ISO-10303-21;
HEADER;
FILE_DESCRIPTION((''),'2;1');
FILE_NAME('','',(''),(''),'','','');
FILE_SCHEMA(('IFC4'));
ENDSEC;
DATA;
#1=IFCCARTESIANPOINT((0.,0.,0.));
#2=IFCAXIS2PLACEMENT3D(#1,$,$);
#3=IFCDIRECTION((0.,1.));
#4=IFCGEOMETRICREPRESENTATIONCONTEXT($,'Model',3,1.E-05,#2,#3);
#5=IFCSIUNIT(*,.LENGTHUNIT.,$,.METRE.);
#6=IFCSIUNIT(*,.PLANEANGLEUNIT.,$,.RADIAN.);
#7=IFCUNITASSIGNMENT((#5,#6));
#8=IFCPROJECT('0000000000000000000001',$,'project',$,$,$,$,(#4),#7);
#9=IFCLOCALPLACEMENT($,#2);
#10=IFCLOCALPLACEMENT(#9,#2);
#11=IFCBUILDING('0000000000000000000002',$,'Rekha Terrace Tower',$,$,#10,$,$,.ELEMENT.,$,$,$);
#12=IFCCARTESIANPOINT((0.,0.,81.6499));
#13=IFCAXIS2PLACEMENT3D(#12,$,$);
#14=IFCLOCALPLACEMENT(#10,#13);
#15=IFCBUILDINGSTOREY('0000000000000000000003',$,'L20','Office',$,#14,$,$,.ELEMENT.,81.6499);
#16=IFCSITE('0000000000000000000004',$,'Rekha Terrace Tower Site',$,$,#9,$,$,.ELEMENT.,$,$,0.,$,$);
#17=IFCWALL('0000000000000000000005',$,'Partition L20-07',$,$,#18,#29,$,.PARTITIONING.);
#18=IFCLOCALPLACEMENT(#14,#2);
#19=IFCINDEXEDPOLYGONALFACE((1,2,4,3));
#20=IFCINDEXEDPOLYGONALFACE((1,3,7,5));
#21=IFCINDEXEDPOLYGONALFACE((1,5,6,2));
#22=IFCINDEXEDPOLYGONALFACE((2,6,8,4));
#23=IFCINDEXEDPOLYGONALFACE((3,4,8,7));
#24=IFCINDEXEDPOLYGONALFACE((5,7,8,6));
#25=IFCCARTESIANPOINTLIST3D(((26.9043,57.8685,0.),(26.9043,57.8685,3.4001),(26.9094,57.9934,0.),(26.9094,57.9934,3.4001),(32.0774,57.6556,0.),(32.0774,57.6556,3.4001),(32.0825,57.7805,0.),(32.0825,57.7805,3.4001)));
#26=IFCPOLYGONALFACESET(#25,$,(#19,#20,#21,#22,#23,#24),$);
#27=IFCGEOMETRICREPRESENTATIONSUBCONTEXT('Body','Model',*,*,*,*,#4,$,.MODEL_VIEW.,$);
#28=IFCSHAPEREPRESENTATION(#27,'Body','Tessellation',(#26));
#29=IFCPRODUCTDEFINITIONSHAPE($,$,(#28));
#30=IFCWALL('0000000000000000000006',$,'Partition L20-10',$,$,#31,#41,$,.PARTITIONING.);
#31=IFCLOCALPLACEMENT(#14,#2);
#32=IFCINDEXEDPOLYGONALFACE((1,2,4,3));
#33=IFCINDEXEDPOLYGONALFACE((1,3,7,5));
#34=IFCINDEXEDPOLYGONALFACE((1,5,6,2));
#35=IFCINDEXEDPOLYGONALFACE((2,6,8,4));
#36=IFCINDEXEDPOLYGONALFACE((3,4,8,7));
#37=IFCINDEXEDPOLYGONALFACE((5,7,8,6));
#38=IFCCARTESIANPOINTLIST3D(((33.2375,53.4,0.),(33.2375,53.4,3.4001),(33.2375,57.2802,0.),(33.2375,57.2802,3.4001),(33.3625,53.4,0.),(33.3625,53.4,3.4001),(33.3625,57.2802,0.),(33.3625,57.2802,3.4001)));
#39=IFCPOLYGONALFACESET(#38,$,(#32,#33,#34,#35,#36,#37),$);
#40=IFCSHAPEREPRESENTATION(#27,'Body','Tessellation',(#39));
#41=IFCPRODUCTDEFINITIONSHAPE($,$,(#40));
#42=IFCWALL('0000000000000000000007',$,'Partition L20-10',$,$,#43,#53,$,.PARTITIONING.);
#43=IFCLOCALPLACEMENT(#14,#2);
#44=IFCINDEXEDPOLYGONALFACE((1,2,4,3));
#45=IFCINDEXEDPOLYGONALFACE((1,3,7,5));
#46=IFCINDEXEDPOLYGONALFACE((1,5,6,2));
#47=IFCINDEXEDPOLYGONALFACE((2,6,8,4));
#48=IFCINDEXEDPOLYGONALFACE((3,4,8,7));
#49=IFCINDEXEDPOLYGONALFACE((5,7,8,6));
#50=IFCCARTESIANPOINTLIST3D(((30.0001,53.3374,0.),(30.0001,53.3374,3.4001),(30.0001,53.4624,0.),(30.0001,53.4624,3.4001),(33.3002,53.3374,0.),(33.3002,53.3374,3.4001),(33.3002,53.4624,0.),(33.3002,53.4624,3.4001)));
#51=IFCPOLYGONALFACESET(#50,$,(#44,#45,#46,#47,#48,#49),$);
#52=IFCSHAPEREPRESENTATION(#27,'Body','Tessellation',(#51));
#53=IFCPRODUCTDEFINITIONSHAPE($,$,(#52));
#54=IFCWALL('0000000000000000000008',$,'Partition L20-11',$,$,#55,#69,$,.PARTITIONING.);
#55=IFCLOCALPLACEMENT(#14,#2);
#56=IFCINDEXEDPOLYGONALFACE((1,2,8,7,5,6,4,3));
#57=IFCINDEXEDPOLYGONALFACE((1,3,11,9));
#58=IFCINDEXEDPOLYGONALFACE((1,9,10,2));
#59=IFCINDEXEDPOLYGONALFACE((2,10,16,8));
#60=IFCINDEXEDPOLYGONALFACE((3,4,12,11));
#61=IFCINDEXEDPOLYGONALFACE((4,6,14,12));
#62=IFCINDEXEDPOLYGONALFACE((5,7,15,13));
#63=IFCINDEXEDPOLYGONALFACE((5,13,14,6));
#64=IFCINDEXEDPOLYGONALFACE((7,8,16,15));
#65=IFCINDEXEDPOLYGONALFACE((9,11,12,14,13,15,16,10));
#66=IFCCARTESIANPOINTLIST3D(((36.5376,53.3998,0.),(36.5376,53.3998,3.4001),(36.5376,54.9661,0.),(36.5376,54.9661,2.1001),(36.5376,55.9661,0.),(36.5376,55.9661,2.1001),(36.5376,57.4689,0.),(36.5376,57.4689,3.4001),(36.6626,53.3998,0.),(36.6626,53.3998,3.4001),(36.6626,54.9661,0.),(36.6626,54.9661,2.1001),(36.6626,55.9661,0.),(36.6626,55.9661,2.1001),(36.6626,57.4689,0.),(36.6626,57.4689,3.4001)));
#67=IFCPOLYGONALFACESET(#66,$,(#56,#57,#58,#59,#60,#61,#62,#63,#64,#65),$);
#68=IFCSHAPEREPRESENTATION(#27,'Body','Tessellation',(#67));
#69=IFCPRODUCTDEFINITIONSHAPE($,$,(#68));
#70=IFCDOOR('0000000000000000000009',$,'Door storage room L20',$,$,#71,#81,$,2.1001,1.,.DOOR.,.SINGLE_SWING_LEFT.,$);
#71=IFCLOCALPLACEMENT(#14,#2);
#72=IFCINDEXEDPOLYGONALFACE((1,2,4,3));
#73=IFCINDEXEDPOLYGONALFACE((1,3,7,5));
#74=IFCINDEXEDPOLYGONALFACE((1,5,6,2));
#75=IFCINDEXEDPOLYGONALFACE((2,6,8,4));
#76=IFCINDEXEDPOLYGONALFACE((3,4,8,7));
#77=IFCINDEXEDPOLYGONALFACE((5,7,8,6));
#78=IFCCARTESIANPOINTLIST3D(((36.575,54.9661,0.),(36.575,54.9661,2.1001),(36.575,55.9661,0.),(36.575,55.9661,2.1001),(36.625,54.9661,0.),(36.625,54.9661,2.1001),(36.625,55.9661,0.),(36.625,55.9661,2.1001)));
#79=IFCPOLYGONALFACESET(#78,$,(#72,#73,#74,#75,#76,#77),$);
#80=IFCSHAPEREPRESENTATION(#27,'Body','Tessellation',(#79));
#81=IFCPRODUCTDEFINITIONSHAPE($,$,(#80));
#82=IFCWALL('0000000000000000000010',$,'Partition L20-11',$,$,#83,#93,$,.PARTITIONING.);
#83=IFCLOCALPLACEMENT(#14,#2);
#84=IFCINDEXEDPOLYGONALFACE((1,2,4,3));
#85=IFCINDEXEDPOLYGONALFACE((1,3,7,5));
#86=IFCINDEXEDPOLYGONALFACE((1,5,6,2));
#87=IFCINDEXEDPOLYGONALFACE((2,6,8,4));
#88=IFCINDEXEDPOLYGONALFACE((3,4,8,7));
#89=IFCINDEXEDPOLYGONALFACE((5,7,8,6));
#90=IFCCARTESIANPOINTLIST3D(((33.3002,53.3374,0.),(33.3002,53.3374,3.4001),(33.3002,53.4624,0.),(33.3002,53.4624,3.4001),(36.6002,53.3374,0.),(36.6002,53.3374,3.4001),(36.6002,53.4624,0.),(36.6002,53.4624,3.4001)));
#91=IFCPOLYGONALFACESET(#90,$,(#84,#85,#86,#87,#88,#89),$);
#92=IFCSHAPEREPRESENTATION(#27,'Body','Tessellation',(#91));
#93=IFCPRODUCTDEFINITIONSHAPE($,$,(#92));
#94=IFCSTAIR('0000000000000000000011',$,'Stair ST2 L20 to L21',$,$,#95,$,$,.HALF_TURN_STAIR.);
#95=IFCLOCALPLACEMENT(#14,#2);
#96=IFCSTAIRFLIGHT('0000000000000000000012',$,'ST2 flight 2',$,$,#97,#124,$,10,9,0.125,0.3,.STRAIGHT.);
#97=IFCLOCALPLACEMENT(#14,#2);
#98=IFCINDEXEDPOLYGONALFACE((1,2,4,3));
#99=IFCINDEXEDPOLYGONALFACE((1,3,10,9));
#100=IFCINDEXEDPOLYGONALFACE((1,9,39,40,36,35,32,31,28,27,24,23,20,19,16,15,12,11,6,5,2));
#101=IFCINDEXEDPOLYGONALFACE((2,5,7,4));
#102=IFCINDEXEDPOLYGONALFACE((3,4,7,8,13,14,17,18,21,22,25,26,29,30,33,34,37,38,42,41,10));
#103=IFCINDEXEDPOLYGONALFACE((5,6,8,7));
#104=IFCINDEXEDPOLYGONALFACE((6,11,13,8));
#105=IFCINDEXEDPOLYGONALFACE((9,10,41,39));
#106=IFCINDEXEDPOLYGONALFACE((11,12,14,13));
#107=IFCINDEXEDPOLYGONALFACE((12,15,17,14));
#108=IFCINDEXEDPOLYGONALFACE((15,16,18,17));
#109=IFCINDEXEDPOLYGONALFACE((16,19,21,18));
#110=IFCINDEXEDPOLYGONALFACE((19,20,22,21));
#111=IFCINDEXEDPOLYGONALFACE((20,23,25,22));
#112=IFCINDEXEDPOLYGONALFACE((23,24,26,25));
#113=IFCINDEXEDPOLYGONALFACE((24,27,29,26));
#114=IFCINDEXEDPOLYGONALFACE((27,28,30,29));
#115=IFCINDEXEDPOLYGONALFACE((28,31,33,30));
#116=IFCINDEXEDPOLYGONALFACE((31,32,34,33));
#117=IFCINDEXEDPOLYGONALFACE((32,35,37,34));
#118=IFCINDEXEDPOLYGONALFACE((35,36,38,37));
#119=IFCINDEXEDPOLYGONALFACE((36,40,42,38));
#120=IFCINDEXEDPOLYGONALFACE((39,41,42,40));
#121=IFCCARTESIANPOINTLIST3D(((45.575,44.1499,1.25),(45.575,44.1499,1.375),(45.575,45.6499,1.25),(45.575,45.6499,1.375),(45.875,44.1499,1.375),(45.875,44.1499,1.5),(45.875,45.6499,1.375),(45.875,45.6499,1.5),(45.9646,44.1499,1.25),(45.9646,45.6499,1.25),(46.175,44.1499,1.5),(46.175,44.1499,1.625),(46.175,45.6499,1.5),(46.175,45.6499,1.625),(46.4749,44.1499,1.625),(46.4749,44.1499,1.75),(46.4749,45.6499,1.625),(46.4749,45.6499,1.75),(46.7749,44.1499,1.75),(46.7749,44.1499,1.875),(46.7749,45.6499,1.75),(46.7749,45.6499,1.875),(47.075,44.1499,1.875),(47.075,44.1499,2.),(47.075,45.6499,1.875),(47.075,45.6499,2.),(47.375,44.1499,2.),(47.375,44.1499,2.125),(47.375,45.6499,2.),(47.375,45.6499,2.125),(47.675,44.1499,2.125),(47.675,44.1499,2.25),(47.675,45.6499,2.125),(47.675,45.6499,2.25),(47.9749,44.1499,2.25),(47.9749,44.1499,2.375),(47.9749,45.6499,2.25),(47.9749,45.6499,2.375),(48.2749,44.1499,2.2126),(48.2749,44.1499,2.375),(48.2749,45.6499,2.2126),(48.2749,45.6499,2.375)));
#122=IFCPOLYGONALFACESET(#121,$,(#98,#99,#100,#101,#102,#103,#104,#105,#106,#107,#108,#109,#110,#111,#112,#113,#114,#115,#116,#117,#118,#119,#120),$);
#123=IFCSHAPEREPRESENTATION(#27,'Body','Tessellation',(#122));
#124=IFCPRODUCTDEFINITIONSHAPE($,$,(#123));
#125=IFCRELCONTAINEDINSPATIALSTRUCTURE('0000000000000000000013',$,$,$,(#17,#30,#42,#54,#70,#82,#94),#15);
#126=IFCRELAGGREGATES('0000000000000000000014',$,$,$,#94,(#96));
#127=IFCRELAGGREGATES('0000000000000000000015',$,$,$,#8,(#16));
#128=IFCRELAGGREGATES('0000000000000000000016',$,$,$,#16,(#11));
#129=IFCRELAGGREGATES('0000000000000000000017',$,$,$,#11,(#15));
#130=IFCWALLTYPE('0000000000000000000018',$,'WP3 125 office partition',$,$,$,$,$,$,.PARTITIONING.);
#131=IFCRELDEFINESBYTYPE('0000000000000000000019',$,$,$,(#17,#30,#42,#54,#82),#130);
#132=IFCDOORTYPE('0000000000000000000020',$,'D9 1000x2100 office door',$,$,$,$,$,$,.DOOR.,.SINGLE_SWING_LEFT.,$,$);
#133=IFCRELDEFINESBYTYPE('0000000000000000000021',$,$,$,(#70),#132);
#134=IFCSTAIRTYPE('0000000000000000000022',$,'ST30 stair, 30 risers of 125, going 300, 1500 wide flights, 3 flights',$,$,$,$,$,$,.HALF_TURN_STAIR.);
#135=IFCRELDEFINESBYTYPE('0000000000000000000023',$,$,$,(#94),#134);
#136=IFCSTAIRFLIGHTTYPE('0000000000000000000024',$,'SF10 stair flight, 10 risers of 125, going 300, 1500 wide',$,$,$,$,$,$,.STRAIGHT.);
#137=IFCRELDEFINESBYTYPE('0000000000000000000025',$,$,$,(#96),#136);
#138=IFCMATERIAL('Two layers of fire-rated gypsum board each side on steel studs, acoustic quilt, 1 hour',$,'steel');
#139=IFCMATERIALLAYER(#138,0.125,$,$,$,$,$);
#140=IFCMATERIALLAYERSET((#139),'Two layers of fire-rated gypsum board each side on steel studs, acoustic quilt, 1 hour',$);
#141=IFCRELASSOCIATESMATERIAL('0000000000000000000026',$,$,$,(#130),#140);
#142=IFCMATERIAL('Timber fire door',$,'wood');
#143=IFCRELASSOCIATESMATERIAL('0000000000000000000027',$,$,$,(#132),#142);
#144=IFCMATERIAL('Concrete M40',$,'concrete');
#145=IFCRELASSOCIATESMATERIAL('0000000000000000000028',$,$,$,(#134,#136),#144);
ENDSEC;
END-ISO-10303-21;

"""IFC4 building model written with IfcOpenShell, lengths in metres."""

from ifc_helpers import new_model, si_unit, direction, frame, frame_2d, origin, place, context, subcontext, project, spatial, polyline, rectangle, outline, extrude, material, layer, layer_set, type_object, element, fill, aggregate, save


model = new_model("IFC4")

# Units and contexts
model_context = context("Model", 3, precision=1e-05, world=origin(), true_north=direction((0.0, 1.0)))
body_context = subcontext(model_context, "Body", "Model", "MODEL_VIEW")
ifc_project = project(units=[si_unit("LENGTHUNIT", "METRE"), si_unit("PLANEANGLEUNIT", "RADIAN")], contexts=[model_context])

# Site, building, storey
site_placement = place(None, origin())
site = spatial("IfcSite", under=ifc_project, at=site_placement, Name="Rekha Terrace Tower Site", CompositionType="ELEMENT", RefElevation=0.0)
building_placement = place(site_placement, origin())
building = spatial("IfcBuilding", under=site, at=building_placement, Name="Rekha Terrace Tower", CompositionType="ELEMENT")
storey_placement = place(building_placement, frame((0.0, 0.0, 81.6499)))
storey = spatial("IfcBuildingStorey", under=building, at=storey_placement, Name="L20", Description="Office", CompositionType="ELEMENT", Elevation=81.6499)

# Shared definitions
ifc_material_1 = material(Name="Two layers of fire-rated gypsum board each side on steel studs, acoustic quilt, 1 hour", Category="steel")
ifc_layer_1 = layer(ifc_material_1, 0.125)
ifc_layer_set_1 = layer_set([ifc_layer_1], Name="Two layers of fire-rated gypsum board each side on steel studs, acoustic quilt, 1 hour")
wall_type_1 = type_object("IfcWallType", Name="WP3 125 office partition", PredefinedType="PARTITIONING", material=ifc_layer_set_1)

# Shared definitions
ifc_material_2 = material(Name="Timber fire door", Category="wood")
door_type_1 = type_object("IfcDoorType", Name="D9 1000x2100 office door", OperationType="SINGLE_SWING_LEFT", PredefinedType="DOOR", material=ifc_material_2)

# Walls
wall_1_placement = place(storey_placement, frame((32.0801, 57.718, 0.0), z_axis=(0.0, 0.0, 1.0), x_axis=(-0.999154, 0.041119, 0.0)))
element("IfcWall", 1, at=wall_1_placement, inside=storey, type_object=wall_type_1, Name="Partition L20-07", PredefinedType="PARTITIONING", context=body_context, shape_type="SweptSolid", body=[
    extrude(rectangle(XDim=5.1775, YDim=0.125, at=frame_2d((2.5889, 0.0))), origin(), (0.0, 0.0, 1.0), 3.4001),
])
wall_2_placement = place(storey_placement, frame((33.3, 57.28, 0.0), z_axis=(0.0, 0.0, 1.0), x_axis=(0.0, -1.0, 0.0)))
element("IfcWall", 2, at=wall_2_placement, inside=storey, type_object=wall_type_1, Name="Partition L20-10", PredefinedType="PARTITIONING", context=body_context, shape_type="SweptSolid", body=[
    extrude(rectangle(XDim=3.8801, YDim=0.125, at=frame_2d((1.9399, 0.0))), origin(), (0.0, 0.0, 1.0), 3.4001),
])
wall_3_placement = place(storey_placement, frame((33.3, 53.3999, 0.0), z_axis=(0.0, 0.0, 1.0), x_axis=(-1.0, 0.0, 0.0)))
element("IfcWall", 3, at=wall_3_placement, inside=storey, type_object=wall_type_1, Name="Partition L20-10", PredefinedType="PARTITIONING", context=body_context, shape_type="SweptSolid", body=[
    extrude(rectangle(XDim=3.3, YDim=0.125, at=frame_2d((1.6499, 0.0))), origin(), (0.0, 0.0, 1.0), 3.4001),
])

# Wall, opening, door
wall_4_placement = place(storey_placement, frame((36.6001, 57.469, 0.0), z_axis=(0.0, 0.0, 1.0), x_axis=(0.0, -1.0, 0.0)))
wall_4 = element("IfcWall", 4, at=wall_4_placement, inside=storey, type_object=wall_type_1, Name="Partition L20-11", PredefinedType="PARTITIONING", context=body_context, shape_type="SweptSolid", body=[
    extrude(rectangle(XDim=4.0691, YDim=0.125, at=frame_2d((2.0347, 0.0))), origin(), (0.0, 0.0, 1.0), 3.4001),
])
opening_1_placement = place(wall_4_placement, frame((1.5029, 0.0, 0.0)))
opening_1 = element("IfcOpeningElement", 5, at=opening_1_placement, cuts=wall_4, PredefinedType="OPENING", context=body_context, shape_type="SweptSolid", body=[
    extrude(rectangle(XDim=1.0, YDim=2.1001, at=frame_2d((0.5, 1.05))), frame((0.0, 0.0725, 0.0), z_axis=(0.0, -1.0, 0.0), x_axis=(1.0, 0.0, 0.0)), (0.0, 0.0, 1.0), 0.145),
])
door_1_placement = place(opening_1_placement, origin())
door_1 = element("IfcDoor", 6, at=door_1_placement, inside=storey, type_object=door_type_1, Name="Door storage room L20", OperationType="SINGLE_SWING_LEFT", OverallHeight=2.1001, OverallWidth=1.0, PredefinedType="DOOR", context=body_context, shape_type="SweptSolid", body=[
    extrude(rectangle(XDim=1.0, YDim=2.1001, at=frame_2d((0.5, 1.05))), frame((0.0, 0.0249, 0.0), z_axis=(0.0, -1.0, 0.0), x_axis=(1.0, 0.0, 0.0)), (0.0, 0.0, 1.0), 0.05),
])
fill(opening_1, door_1)

# Wall
wall_5_placement = place(storey_placement, frame((36.6001, 53.3999, 0.0), z_axis=(0.0, 0.0, 1.0), x_axis=(-1.0, 0.0, 0.0)))
element("IfcWall", 7, at=wall_5_placement, inside=storey, type_object=wall_type_1, Name="Partition L20-11", PredefinedType="PARTITIONING", context=body_context, shape_type="SweptSolid", body=[
    extrude(rectangle(XDim=3.3, YDim=0.125, at=frame_2d((1.6499, 0.0))), origin(), (0.0, 0.0, 1.0), 3.4001),
])

# Stair, stair flight
ifc_material_3 = material(Name="Concrete M40", Category="concrete")
stair_type = type_object("IfcStairType", Name="ST30 stair, 30 risers of 125, going 300, 1500 wide flights, 3 flights", PredefinedType="HALF_TURN_STAIR", material=ifc_material_3)
stair_placement = place(storey_placement, origin())
stair = element("IfcStair", 8, at=stair_placement, inside=storey, type_object=stair_type, Name="Stair ST2 L20 to L21", PredefinedType="HALF_TURN_STAIR")
stair_flight_type = type_object("IfcStairFlightType", Name="SF10 stair flight, 10 risers of 125, going 300, 1500 wide", PredefinedType="STRAIGHT", material=ifc_material_3)
stair_flight_placement = place(storey_placement, frame((45.575, 44.8999, 1.25), z_axis=(0.0, 0.0, 1.0), x_axis=(1.0, 0.0, 0.0)))
stair_flight = element("IfcStairFlight", 9, at=stair_flight_placement, type_object=stair_flight_type, Name="ST2 flight 2", NumberOfRisers=10, NumberOfTreads=9, PredefinedType="STRAIGHT", RiserHeight=0.125, TreadLength=0.3, context=body_context, shape_type="SweptSolid", body=[
    extrude(outline(polyline([(0.0, 0.0), (0.0, 0.125), (0.3, 0.125), (0.3, 0.25), (0.6001, 0.25), (0.6001, 0.375), (0.8999, 0.375), (0.8999, 0.5), (1.2, 0.5), (1.2, 0.625), (1.5, 0.625), (1.5, 0.75), (1.8, 0.75), (1.8, 0.875), (2.1001, 0.875), (2.1001, 1.0), (2.3999, 1.0), (2.3999, 1.125), (2.7, 1.125), (2.7, 1.25), (2.7, 0.9626), (0.3896, 0.0), (0.0, 0.0)])), frame((0.0, 0.75, 0.0), z_axis=(0.0, -1.0, 0.0), x_axis=(1.0, 0.0, 0.0)), (0.0, 0.0, 1.0), 1.5),
])
aggregate(stair, [stair_flight])

save(model, "model.ifc")
